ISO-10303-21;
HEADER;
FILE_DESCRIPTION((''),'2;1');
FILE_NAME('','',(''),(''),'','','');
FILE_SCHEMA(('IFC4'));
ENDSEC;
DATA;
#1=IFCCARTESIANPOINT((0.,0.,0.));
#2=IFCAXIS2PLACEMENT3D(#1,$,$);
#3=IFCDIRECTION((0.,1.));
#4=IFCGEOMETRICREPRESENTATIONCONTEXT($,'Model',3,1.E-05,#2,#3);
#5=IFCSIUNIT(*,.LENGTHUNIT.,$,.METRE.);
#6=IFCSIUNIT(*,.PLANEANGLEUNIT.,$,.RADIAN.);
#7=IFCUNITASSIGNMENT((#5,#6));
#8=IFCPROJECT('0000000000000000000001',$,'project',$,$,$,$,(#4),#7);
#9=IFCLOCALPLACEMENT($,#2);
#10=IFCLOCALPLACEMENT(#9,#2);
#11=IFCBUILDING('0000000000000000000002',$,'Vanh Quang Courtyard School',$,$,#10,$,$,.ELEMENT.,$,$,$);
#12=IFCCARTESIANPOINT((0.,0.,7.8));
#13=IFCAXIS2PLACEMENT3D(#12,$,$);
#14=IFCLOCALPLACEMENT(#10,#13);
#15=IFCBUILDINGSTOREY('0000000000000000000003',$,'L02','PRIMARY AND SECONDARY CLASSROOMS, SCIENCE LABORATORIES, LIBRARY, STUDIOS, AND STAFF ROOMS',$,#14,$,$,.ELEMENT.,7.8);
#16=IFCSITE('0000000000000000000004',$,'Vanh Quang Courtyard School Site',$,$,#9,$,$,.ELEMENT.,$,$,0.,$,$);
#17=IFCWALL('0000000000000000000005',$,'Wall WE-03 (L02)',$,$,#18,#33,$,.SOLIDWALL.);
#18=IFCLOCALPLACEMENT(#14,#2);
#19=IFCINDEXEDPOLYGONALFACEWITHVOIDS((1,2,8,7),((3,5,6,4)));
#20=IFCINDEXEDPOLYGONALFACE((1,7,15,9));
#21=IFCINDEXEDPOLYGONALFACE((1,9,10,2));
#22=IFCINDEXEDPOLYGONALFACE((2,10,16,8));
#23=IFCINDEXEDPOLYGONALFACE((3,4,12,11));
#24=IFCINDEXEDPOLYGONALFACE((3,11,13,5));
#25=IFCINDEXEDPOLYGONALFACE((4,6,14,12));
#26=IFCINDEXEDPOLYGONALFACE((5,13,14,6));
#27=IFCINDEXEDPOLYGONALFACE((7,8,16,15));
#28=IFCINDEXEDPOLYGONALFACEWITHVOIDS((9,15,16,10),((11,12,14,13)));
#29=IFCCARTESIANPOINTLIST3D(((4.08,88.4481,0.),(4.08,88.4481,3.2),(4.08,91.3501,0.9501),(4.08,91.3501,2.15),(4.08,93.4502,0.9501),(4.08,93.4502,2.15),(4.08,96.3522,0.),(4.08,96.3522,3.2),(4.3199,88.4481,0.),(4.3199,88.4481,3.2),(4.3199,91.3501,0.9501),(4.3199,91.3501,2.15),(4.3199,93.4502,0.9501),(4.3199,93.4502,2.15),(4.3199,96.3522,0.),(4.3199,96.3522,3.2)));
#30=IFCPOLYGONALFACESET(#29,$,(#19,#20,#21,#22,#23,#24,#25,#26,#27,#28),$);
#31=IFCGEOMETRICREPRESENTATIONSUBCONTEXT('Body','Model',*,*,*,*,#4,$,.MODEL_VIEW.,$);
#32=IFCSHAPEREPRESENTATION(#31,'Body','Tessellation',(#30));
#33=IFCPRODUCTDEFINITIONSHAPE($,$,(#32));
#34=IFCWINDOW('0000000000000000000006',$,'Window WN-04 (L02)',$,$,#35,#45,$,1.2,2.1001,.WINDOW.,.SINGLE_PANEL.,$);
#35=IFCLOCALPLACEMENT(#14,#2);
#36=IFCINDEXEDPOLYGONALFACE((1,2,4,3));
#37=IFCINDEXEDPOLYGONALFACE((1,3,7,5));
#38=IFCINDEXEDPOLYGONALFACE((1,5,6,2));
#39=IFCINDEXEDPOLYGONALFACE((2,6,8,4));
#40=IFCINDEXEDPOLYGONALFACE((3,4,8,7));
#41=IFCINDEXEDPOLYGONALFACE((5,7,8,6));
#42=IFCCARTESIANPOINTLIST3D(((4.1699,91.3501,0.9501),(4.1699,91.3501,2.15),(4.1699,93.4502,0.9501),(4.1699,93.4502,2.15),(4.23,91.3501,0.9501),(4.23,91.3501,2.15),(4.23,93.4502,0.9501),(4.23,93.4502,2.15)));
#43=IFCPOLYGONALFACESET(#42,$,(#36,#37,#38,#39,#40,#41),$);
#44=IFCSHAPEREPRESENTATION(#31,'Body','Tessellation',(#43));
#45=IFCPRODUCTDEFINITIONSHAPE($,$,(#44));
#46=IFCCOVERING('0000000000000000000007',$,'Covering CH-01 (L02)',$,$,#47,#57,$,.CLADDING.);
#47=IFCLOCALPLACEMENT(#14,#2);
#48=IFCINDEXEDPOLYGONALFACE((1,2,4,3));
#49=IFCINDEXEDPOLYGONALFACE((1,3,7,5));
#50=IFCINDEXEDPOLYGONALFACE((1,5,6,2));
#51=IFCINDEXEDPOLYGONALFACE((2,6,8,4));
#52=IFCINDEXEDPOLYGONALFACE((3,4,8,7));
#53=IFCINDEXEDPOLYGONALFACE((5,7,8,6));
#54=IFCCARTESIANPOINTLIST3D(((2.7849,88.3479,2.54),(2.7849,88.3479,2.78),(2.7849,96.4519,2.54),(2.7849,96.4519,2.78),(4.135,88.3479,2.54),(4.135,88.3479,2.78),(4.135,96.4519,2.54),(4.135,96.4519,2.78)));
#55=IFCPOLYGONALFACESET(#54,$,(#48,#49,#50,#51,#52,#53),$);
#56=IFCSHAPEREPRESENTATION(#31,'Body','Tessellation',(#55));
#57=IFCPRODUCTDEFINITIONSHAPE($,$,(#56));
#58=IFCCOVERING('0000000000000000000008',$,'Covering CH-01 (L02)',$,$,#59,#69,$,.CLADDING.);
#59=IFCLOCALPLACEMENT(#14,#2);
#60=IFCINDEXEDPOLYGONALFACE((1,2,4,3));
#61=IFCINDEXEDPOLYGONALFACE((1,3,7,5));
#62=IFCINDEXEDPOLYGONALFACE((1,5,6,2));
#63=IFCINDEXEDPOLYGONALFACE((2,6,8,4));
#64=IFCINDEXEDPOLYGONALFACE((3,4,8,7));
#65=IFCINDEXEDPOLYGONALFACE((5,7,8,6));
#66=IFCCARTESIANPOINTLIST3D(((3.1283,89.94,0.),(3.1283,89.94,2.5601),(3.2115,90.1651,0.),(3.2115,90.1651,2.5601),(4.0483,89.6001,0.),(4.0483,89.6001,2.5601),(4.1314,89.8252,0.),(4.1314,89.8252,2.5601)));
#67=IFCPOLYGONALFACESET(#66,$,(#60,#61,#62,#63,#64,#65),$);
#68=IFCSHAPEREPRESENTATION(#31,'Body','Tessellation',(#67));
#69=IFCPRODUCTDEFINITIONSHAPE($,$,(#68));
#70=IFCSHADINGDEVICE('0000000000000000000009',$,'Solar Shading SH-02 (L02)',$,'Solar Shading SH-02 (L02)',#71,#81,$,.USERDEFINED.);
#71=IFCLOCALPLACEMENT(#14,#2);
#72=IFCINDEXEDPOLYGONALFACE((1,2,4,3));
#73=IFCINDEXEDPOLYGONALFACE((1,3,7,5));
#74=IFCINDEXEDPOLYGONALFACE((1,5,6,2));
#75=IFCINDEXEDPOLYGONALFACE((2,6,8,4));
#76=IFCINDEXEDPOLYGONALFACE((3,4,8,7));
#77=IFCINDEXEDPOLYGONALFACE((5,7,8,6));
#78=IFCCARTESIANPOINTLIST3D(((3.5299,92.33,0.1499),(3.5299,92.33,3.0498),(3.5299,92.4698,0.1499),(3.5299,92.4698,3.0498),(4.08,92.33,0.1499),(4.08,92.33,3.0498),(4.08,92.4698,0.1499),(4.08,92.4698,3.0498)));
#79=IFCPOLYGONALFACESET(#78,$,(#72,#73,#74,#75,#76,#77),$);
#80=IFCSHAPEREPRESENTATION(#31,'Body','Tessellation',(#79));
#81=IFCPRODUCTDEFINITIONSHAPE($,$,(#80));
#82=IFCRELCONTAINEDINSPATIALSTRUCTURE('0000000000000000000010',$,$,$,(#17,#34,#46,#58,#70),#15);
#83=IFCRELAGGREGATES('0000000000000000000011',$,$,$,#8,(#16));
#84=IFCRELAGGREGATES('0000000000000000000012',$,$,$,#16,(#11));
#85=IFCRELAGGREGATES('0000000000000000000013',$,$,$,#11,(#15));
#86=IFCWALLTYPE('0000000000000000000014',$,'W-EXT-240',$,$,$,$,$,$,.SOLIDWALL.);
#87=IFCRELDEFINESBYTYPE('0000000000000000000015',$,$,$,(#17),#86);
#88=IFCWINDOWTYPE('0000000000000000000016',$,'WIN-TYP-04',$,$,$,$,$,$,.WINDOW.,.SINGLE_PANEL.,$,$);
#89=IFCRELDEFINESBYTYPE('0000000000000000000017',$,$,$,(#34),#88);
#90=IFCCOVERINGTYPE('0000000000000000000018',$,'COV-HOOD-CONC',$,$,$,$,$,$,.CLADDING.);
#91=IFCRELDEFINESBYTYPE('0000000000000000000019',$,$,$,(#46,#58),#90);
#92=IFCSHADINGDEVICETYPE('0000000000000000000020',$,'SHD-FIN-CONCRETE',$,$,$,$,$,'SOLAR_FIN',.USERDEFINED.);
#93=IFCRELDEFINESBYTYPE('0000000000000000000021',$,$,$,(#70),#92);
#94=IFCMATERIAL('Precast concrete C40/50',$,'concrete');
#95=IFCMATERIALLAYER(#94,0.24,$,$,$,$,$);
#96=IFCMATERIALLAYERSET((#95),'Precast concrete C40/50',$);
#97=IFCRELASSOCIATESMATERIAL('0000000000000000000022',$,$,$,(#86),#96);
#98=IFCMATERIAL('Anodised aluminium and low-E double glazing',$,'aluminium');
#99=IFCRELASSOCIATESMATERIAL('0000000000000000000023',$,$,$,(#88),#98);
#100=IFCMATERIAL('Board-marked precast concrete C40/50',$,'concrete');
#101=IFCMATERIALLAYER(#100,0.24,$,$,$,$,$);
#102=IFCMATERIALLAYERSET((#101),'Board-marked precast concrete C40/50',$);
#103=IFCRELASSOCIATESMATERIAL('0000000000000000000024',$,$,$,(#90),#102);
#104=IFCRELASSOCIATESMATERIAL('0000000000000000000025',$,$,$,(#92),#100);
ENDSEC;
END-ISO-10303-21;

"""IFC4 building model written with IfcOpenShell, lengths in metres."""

from ifc_helpers import new_model, si_unit, direction, frame, frame_2d, origin, origin_2d, place, context, subcontext, project, spatial, rectangle, extrude, material, layer, layer_set, type_object, element, fill, save


model = new_model("IFC4")

# Units and contexts
model_context = context("Model", 3, precision=1e-05, world=origin(), true_north=direction((0.0, 1.0)))
body_context = subcontext(model_context, "Body", "Model", "MODEL_VIEW")
ifc_project = project(units=[si_unit("LENGTHUNIT", "METRE"), si_unit("PLANEANGLEUNIT", "RADIAN")], contexts=[model_context])

# Site, building, storey
site_placement = place(None, origin())
site = spatial("IfcSite", under=ifc_project, at=site_placement, Name="Vanh Quang Courtyard School Site", CompositionType="ELEMENT", RefElevation=0.0)
building_placement = place(site_placement, origin())
building = spatial("IfcBuilding", under=site, at=building_placement, Name="Vanh Quang Courtyard School", CompositionType="ELEMENT")
storey_placement = place(building_placement, frame((0.0, 0.0, 7.8)))
storey = spatial("IfcBuildingStorey", under=building, at=storey_placement, Name="L02", Description="PRIMARY AND SECONDARY CLASSROOMS, SCIENCE LABORATORIES, LIBRARY, STUDIOS, AND STAFF ROOMS", CompositionType="ELEMENT", Elevation=7.8)

# Wall, opening, window
ifc_material_1 = material(Name="Precast concrete C40/50", Category="concrete")
ifc_layer_1 = layer(ifc_material_1, 0.24)
ifc_layer_set_1 = layer_set([ifc_layer_1], Name="Precast concrete C40/50")
wall_type = type_object("IfcWallType", Name="W-EXT-240", PredefinedType="SOLIDWALL", material=ifc_layer_set_1)
ifc_material_2 = material(Name="Anodised aluminium and low-E double glazing", Category="aluminium")
wall_1_placement = place(storey_placement, frame((4.2, 88.448, 0.0), z_axis=(0.0, 0.0, 1.0), x_axis=(0.0, 1.0, 0.0)))
wall_1 = element("IfcWall", 1, at=wall_1_placement, inside=storey, type_object=wall_type, Name="Wall WE-03 (L02)", PredefinedType="SOLIDWALL", context=body_context, shape_type="SweptSolid", body=[
    extrude(rectangle(XDim=7.9041, YDim=0.24, at=frame_2d((3.9521, 0.0))), origin(), (0.0, 0.0, 1.0), 3.2),
])
opening_1_placement = place(wall_1_placement, frame((2.9021, 0.0, 0.95)))
opening_1 = element("IfcOpeningElement", 2, at=opening_1_placement, cuts=wall_1, PredefinedType="OPENING", context=body_context, shape_type="SweptSolid", body=[
    extrude(rectangle(XDim=2.1001, YDim=1.2, at=frame_2d((1.05, 0.6001))), frame((0.0, 0.1299, 0.0), z_axis=(0.0, -1.0, 0.0), x_axis=(1.0, 0.0, 0.0)), (0.0, 0.0, 1.0), 0.26),
])
window_type_1 = type_object("IfcWindowType", Name="WIN-TYP-04", PartitioningType="SINGLE_PANEL", PredefinedType="WINDOW", material=ifc_material_2)
window_1_placement = place(opening_1_placement, origin())
window_1 = element("IfcWindow", 3, at=window_1_placement, inside=storey, type_object=window_type_1, Name="Window WN-04 (L02)", OverallHeight=1.2, OverallWidth=2.1001, PartitioningType="SINGLE_PANEL", PredefinedType="WINDOW", context=body_context, shape_type="SweptSolid", body=[
    extrude(rectangle(XDim=2.1001, YDim=1.2, at=frame_2d((1.05, 0.6001))), frame((0.0, 0.03, 0.0), z_axis=(0.0, -1.0, 0.0), x_axis=(1.0, 0.0, 0.0)), (0.0, 0.0, 1.0), 0.0601),
])
fill(opening_1, window_1)

# Coverings
ifc_material_3 = material(Name="Board-marked precast concrete C40/50", Category="concrete")
ifc_layer_2 = layer(ifc_material_3, 0.24)
ifc_layer_set_2 = layer_set([ifc_layer_2], Name="Board-marked precast concrete C40/50")
covering_type = type_object("IfcCoveringType", Name="COV-HOOD-CONC", PredefinedType="CLADDING", material=ifc_layer_set_2)
covering_1_placement = place(storey_placement, frame((3.46, 92.3999, 2.54), z_axis=(0.0, 0.0, 1.0), x_axis=(0.0, 1.0, 0.0)))
element("IfcCovering", 4, at=covering_1_placement, inside=storey, type_object=covering_type, Name="Covering CH-01 (L02)", PredefinedType="CLADDING", context=body_context, shape_type="SweptSolid", body=[
    extrude(rectangle(XDim=8.104, YDim=1.3501, at=origin_2d()), origin(), (0.0, 0.0, 1.0), 0.24),
])
covering_2_placement = place(storey_placement, frame((3.6299, 89.8826, 0.0), z_axis=(0.0, 0.0, 1.0), x_axis=(-0.93801, 0.346608, 0.0)))
element("IfcCovering", 5, at=covering_2_placement, inside=storey, type_object=covering_type, Name="Covering CH-01 (L02)", PredefinedType="CLADDING", context=body_context, shape_type="SweptSolid", body=[
    extrude(rectangle(XDim=0.9807, YDim=0.24, at=origin_2d()), origin(), (0.0, 0.0, 1.0), 2.5601),
])

# Shading device
shading_device_type = type_object("IfcShadingDeviceType", Name="SHD-FIN-CONCRETE", ElementType="SOLAR_FIN", PredefinedType="USERDEFINED", material=ifc_material_3)
shading_device_placement = place(storey_placement, frame((3.8049, 92.3999, 0.1499), z_axis=(0.0, 0.0, 1.0), x_axis=(0.0, 1.0, 0.0)))
element("IfcShadingDevice", 6, at=shading_device_placement, inside=storey, type_object=shading_device_type, Name="Solar Shading SH-02 (L02)", ObjectType="Solar Shading SH-02 (L02)", PredefinedType="USERDEFINED", context=body_context, shape_type="SweptSolid", body=[
    extrude(rectangle(XDim=0.1399, YDim=0.55, at=origin_2d()), origin(), (0.0, 0.0, 1.0), 2.8999),
])

save(model, "model.ifc")
